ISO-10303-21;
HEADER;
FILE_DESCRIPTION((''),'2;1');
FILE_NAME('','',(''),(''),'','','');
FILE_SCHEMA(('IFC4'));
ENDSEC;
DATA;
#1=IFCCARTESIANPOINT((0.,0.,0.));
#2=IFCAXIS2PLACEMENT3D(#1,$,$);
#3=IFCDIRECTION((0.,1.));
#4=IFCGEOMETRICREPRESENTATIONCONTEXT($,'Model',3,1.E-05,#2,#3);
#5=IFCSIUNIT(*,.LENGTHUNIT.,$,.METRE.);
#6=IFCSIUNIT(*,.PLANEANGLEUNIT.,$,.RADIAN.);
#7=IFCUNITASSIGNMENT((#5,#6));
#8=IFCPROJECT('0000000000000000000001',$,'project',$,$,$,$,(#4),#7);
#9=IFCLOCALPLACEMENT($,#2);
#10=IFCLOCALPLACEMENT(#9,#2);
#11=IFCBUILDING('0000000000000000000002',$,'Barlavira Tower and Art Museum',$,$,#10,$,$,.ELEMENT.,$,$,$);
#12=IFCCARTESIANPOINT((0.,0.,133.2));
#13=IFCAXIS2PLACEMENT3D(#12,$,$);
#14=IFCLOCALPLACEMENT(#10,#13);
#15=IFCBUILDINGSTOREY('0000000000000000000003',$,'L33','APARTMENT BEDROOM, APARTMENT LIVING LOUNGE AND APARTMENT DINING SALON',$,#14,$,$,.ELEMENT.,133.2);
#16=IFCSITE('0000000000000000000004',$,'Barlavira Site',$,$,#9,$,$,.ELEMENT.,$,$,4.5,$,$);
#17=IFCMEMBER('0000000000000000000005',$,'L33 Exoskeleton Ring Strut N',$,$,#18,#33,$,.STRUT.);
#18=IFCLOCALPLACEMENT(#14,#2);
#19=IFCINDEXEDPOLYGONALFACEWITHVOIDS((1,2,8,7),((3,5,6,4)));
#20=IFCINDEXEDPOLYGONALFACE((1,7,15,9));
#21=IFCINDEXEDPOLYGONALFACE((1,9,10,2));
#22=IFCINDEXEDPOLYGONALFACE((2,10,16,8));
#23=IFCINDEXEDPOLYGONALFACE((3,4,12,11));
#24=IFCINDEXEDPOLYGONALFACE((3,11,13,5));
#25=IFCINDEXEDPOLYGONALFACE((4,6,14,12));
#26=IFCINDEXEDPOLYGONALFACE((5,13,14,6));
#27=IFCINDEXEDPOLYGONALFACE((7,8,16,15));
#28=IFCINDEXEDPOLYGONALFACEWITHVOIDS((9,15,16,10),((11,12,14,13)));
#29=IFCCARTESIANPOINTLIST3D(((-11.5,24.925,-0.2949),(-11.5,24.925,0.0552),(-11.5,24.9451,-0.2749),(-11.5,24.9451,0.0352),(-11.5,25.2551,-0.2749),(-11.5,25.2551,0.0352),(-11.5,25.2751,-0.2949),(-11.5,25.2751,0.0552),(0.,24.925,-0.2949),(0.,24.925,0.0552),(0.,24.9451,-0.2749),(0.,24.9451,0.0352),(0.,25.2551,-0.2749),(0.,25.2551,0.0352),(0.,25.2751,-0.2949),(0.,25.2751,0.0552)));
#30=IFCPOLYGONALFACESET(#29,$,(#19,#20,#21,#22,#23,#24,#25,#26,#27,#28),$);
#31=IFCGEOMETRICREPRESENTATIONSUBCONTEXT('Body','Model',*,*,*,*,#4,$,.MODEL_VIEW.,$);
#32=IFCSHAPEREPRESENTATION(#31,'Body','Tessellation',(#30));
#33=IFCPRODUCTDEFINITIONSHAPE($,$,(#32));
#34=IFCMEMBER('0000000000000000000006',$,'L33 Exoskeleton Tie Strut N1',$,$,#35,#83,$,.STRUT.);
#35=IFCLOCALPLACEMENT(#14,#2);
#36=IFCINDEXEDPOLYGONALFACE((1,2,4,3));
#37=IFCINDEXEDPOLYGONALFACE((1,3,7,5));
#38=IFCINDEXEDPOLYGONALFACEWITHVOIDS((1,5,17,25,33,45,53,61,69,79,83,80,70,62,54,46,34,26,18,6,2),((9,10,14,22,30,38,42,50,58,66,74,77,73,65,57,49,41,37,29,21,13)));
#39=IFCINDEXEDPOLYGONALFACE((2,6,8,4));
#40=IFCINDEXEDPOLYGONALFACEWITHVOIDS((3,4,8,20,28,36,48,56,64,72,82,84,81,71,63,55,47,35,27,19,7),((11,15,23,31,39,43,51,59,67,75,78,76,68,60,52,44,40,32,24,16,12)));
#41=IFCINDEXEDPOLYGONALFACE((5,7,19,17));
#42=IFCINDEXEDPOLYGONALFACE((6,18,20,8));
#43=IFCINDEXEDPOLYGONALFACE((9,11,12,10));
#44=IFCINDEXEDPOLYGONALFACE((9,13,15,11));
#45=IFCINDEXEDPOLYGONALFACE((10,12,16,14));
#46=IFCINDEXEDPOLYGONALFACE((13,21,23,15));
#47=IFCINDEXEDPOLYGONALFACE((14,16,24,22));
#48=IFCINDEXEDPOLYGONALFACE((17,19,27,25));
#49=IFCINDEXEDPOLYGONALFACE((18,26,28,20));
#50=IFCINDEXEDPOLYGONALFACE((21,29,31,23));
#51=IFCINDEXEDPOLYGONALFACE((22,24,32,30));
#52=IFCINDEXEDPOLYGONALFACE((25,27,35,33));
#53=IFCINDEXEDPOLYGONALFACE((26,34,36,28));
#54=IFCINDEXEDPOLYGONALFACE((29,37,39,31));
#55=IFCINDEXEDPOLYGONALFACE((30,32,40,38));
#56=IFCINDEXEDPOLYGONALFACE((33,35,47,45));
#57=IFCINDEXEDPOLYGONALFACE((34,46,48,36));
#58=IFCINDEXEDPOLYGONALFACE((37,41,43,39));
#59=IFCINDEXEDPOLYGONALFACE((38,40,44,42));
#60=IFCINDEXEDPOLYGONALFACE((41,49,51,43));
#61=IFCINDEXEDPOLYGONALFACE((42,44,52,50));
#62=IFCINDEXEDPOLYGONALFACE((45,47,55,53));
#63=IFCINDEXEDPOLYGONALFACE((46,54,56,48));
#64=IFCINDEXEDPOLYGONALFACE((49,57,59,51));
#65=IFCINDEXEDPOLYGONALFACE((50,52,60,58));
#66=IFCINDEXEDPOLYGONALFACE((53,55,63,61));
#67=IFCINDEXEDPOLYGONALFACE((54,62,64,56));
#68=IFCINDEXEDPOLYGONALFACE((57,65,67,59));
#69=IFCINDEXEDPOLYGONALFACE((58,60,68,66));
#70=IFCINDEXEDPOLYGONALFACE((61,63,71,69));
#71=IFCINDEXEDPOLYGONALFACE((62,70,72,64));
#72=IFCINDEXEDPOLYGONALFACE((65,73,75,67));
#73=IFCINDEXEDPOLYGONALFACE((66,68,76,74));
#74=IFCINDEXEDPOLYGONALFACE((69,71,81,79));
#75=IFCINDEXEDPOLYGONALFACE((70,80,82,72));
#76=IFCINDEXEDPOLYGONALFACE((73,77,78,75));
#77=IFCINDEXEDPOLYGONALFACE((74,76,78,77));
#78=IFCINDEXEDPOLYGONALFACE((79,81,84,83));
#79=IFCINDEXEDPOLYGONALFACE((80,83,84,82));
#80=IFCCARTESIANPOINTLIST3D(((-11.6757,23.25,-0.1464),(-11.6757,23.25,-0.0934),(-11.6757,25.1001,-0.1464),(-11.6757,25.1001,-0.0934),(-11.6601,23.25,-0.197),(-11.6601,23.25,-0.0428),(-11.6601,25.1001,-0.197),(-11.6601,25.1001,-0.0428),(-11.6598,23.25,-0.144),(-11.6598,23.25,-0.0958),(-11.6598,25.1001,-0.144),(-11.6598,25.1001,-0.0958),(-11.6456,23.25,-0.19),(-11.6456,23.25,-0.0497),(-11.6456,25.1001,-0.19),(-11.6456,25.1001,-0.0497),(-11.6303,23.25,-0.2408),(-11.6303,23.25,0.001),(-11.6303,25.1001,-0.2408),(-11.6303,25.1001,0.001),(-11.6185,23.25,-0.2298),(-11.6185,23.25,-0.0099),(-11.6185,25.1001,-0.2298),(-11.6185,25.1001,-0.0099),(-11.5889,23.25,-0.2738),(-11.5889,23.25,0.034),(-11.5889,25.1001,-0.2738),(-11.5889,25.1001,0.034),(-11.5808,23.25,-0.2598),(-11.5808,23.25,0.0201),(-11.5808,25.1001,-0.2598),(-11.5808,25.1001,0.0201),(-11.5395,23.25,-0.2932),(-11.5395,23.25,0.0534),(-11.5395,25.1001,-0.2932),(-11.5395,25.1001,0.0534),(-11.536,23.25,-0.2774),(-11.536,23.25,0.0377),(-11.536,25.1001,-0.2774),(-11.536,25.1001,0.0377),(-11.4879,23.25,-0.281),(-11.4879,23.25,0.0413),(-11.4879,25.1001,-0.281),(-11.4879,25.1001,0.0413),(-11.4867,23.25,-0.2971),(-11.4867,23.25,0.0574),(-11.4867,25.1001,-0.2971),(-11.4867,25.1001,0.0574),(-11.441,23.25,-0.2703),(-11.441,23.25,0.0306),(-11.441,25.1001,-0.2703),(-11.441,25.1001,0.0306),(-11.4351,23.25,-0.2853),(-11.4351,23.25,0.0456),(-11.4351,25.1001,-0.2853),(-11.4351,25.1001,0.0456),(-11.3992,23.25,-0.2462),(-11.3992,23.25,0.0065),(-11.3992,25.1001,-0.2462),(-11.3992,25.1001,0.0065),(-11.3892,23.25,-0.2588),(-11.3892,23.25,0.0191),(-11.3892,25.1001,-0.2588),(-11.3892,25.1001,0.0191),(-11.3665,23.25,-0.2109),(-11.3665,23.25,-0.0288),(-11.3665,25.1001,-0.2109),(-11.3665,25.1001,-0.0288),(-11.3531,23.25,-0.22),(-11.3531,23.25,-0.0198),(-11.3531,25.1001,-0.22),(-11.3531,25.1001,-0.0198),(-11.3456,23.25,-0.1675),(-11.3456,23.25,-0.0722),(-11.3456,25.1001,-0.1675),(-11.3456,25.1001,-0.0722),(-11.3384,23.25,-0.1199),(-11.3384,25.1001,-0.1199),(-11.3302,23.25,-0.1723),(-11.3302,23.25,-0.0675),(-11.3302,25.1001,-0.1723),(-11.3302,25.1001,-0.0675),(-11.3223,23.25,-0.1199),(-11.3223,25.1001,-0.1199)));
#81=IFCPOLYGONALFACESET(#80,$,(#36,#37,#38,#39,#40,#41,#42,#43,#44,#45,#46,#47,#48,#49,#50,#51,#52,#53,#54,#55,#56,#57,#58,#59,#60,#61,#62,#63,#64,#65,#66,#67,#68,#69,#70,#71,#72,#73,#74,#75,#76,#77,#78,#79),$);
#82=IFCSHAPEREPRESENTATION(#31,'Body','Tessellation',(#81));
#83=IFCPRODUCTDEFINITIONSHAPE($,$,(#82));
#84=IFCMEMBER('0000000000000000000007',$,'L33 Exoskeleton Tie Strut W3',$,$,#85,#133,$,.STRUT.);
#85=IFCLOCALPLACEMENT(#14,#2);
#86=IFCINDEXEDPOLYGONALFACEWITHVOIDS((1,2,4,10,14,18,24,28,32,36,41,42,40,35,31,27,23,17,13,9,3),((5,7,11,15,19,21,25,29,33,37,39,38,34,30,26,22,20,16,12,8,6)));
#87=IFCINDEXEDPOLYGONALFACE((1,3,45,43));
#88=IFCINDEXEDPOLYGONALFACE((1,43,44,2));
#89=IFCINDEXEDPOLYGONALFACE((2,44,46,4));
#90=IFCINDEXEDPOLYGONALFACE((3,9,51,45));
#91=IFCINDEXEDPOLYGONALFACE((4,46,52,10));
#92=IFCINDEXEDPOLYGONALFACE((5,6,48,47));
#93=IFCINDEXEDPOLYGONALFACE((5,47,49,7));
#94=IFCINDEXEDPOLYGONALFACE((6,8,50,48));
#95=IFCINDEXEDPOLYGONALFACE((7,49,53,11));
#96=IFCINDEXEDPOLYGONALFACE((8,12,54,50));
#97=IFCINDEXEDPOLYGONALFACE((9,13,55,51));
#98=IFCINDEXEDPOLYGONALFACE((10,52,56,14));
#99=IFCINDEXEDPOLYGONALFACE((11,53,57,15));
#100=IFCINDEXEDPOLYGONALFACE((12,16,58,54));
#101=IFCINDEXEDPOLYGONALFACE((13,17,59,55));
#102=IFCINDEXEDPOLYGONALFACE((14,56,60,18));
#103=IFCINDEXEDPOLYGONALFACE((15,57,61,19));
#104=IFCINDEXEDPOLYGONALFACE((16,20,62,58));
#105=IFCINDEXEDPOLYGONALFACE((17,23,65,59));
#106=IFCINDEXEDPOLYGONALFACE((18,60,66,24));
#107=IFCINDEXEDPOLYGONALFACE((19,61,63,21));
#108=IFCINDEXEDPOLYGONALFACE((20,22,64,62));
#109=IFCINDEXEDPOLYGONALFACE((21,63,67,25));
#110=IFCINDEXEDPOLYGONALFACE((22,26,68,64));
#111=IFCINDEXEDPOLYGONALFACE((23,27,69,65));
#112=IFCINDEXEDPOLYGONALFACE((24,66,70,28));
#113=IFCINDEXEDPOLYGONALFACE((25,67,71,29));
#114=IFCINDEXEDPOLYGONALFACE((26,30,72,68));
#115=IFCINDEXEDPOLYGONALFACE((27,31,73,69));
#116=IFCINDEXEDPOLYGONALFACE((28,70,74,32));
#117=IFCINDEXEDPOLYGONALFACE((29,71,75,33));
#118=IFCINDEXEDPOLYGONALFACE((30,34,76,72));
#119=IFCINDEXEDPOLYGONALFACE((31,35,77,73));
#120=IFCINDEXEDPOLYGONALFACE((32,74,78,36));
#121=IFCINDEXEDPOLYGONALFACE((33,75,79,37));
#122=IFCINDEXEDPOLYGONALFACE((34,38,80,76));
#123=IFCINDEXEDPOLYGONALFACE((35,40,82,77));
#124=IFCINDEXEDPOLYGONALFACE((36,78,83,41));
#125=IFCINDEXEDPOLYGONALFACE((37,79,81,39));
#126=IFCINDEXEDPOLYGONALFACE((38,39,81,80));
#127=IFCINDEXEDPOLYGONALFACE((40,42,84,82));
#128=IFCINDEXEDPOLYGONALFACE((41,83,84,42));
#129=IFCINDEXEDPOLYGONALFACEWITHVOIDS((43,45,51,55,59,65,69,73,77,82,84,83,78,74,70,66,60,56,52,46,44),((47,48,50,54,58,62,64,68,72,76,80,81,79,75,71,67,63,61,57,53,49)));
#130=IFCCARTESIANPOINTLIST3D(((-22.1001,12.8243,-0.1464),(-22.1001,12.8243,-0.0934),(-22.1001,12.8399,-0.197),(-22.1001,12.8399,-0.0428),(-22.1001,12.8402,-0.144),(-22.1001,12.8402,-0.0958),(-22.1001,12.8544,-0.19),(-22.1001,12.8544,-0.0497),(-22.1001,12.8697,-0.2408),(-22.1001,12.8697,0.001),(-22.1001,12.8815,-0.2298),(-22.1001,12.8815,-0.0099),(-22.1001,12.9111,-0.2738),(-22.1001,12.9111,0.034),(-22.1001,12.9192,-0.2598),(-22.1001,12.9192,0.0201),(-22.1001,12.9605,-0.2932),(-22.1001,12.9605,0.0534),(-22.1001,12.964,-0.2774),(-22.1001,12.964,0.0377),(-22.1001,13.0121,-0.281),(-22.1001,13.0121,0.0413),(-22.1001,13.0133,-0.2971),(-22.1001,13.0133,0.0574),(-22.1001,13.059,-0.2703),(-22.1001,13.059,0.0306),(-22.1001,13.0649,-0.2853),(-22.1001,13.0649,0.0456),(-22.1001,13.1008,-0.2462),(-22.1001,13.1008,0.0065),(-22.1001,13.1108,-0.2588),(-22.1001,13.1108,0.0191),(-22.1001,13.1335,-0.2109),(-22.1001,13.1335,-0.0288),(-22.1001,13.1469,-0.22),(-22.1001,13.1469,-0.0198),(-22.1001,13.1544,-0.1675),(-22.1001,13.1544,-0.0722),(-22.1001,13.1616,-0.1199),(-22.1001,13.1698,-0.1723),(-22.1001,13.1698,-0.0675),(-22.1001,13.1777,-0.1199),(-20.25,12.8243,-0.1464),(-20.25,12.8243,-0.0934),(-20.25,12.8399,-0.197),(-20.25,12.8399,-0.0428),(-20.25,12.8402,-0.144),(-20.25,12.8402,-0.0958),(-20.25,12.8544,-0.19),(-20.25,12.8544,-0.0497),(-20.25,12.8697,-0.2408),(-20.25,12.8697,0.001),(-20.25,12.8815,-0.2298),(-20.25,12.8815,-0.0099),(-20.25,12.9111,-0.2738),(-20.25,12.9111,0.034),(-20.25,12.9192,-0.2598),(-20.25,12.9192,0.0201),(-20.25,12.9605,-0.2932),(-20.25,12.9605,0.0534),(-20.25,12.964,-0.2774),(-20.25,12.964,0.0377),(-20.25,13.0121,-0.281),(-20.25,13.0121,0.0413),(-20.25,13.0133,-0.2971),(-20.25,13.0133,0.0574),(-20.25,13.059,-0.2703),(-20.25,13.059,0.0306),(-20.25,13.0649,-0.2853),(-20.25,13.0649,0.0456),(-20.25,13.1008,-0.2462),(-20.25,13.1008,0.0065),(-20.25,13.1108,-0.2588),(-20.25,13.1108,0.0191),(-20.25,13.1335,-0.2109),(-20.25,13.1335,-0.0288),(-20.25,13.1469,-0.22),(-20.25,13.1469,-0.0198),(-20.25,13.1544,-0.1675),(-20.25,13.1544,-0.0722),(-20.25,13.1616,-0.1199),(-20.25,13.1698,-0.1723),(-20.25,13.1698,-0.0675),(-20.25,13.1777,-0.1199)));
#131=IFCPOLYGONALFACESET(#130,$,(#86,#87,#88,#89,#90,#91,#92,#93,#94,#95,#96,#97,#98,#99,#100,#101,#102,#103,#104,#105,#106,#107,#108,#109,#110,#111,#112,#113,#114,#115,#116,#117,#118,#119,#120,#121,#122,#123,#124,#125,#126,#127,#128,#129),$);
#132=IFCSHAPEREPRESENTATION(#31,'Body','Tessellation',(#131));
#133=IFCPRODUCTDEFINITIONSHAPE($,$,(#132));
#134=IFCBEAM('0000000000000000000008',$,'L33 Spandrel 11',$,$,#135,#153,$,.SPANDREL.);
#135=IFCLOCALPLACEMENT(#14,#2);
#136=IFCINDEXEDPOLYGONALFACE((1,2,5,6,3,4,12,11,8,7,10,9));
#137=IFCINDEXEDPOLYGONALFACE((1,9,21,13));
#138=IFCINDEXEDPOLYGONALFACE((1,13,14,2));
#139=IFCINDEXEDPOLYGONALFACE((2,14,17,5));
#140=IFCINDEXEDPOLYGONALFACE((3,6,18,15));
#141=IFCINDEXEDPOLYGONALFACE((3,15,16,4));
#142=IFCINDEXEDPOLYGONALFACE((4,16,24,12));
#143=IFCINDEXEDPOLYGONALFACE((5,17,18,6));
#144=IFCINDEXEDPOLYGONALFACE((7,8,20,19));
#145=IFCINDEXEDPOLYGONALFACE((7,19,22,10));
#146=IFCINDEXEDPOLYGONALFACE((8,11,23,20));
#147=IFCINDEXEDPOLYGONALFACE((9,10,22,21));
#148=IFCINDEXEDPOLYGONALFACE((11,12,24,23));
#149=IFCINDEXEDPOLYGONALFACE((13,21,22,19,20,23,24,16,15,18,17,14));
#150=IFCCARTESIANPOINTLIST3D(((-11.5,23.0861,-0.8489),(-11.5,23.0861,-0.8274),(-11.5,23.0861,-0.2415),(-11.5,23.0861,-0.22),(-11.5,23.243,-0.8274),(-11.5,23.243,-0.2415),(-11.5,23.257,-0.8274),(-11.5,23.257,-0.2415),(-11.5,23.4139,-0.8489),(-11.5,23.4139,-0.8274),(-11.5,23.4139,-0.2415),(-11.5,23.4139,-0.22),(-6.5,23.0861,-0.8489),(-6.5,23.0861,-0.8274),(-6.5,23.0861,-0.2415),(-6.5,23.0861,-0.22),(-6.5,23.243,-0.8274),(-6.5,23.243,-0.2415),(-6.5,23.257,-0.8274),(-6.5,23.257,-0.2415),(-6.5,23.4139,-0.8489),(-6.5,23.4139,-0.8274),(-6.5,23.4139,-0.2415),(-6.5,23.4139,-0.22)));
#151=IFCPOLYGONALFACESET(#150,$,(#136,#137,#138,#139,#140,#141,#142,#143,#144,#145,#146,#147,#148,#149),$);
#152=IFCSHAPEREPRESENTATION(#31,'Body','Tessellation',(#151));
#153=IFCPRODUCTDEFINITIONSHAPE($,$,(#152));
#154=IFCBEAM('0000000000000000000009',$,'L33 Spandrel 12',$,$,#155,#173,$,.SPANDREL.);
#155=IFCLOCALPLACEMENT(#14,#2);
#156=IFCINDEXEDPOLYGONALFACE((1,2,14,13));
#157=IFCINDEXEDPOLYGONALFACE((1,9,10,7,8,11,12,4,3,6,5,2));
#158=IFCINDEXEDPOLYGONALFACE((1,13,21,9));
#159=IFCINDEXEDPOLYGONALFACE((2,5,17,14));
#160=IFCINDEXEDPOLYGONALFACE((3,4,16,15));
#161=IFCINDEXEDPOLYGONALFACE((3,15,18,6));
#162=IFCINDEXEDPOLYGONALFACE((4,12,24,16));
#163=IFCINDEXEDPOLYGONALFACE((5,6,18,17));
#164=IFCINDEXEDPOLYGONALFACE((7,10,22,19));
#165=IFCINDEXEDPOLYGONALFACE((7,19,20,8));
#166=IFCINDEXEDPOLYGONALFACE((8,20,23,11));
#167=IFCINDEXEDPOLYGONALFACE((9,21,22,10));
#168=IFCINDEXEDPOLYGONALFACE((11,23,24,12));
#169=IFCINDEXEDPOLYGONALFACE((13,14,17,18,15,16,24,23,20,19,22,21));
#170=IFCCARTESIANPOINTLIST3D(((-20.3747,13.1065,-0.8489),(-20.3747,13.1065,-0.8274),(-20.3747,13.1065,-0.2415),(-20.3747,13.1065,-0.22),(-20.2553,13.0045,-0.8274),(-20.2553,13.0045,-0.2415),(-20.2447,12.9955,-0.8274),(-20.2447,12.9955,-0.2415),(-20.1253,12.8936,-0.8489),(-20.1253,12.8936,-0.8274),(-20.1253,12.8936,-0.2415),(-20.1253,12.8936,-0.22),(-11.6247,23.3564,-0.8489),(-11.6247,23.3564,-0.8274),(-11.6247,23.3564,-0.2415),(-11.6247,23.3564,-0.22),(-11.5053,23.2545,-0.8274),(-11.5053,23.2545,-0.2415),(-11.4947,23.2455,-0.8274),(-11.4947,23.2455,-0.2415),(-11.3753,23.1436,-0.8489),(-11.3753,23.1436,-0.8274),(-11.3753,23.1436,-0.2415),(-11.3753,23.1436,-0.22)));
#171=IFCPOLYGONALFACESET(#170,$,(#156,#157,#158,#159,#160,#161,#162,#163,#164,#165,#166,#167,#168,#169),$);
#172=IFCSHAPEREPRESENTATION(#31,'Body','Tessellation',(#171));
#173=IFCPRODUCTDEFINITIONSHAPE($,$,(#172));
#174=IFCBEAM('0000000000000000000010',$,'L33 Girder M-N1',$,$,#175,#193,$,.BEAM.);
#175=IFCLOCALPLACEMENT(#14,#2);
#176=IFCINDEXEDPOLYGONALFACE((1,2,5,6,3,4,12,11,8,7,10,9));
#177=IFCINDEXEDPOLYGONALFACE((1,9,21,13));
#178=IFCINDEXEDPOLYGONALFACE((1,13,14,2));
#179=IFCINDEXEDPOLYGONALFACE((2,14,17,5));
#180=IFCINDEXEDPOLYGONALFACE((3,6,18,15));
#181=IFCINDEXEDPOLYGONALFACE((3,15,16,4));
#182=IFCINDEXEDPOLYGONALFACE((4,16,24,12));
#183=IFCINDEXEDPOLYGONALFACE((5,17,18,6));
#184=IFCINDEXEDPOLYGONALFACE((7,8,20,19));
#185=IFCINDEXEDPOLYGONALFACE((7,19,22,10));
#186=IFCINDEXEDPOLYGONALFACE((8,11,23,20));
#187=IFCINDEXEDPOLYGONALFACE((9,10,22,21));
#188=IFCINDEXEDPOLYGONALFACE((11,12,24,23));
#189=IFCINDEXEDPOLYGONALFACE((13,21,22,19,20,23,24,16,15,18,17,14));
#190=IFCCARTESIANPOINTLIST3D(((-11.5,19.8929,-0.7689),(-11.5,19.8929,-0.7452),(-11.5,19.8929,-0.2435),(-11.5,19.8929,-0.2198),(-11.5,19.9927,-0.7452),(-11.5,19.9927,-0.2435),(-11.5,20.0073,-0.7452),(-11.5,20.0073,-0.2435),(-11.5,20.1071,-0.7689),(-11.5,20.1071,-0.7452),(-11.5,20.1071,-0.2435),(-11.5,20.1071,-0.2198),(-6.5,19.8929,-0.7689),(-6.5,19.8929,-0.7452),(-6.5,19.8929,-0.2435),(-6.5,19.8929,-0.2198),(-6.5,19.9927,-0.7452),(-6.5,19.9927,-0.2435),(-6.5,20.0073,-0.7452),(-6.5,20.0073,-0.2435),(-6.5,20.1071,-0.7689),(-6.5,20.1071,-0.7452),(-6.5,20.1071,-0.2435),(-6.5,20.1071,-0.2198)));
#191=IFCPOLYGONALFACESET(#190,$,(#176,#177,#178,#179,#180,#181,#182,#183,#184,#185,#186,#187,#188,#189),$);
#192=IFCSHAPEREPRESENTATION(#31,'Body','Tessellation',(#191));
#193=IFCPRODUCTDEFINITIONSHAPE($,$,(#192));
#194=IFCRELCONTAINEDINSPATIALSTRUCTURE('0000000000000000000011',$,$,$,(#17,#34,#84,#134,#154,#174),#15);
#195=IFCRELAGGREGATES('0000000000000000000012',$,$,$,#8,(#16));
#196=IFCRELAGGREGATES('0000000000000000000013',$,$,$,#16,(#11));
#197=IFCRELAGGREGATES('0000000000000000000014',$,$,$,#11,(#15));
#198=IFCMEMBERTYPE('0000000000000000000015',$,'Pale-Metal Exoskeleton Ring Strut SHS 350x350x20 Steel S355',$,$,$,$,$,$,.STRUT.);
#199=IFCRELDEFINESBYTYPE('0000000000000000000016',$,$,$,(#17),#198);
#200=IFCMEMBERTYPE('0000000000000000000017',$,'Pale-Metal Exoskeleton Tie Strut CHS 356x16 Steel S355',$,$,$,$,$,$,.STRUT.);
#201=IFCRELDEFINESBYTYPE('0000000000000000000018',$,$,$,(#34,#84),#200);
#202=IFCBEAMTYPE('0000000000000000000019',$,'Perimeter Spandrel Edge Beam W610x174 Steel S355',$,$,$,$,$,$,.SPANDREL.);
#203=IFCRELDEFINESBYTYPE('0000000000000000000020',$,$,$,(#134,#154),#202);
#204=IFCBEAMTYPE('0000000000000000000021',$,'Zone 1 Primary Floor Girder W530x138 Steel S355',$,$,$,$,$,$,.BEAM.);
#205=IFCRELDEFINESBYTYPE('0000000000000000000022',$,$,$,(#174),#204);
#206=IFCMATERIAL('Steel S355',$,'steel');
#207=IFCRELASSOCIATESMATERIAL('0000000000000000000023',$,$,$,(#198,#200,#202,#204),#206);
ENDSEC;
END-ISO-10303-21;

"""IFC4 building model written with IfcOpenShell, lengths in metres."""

from ifc_helpers import new_model, si_unit, direction, frame, origin, origin_2d, place, context, subcontext, project, spatial, hollow_rectangle, hollow_circle, i_section, extrude, material, material_profile, profile_set, type_object, element, save


model = new_model("IFC4")

# Units and contexts
model_context = context("Model", 3, precision=1e-05, world=origin(), true_north=direction((0.0, 1.0)))
body_context = subcontext(model_context, "Body", "Model", "MODEL_VIEW")
ifc_project = project(units=[si_unit("LENGTHUNIT", "METRE"), si_unit("PLANEANGLEUNIT", "RADIAN")], contexts=[model_context])

# Site, building, storey
site_placement = place(None, origin())
site = spatial("IfcSite", under=ifc_project, at=site_placement, Name="Barlavira Site", CompositionType="ELEMENT", RefElevation=4.5)
building_placement = place(site_placement, origin())
building = spatial("IfcBuilding", under=site, at=building_placement, Name="Barlavira Tower and Art Museum", CompositionType="ELEMENT")
storey_placement = place(building_placement, frame((0.0, 0.0, 133.2)))
storey = spatial("IfcBuildingStorey", under=building, at=storey_placement, Name="L33", Description="APARTMENT BEDROOM, APARTMENT LIVING LOUNGE AND APARTMENT DINING SALON", CompositionType="ELEMENT", Elevation=133.2)

# Members
ifc_material_1 = material(Name="Steel S355", Category="steel")
ifc_material_profile_1 = material_profile(ifc_material_1, hollow_rectangle(XDim=0.3501, YDim=0.3501, WallThickness=0.02, at=origin_2d()), Name="SHS 350x350x20.0")
ifc_profile_set_1 = profile_set([ifc_material_profile_1], Name="Steel S355")
member_type_1 = type_object("IfcMemberType", Name="Pale-Metal Exoskeleton Ring Strut SHS 350x350x20 Steel S355", PredefinedType="STRUT", material=ifc_profile_set_1)
member_1_placement = place(storey_placement, frame((-11.5, 25.1001, -0.1199), z_axis=(1.0, 0.0, 0.0), x_axis=(0.0, 1.0, 0.0)))
element("IfcMember", 1, at=member_1_placement, inside=storey, type_object=member_type_1, Name="L33 Exoskeleton Ring Strut N", PredefinedType="STRUT", context=body_context, shape_type="SweptSolid", body=[
    extrude(hollow_rectangle(XDim=0.3501, YDim=0.3501, WallThickness=0.02, at=origin_2d()), origin(), (0.0, 0.0, 1.0), 11.5),
])
ifc_material_profile_2 = material_profile(ifc_material_1, hollow_circle(Radius=0.1777, WallThickness=0.0161, at=origin_2d()), Name="CHS 355.6x16.0")
ifc_profile_set_2 = profile_set([ifc_material_profile_2], Name="Steel S355")
member_type_2 = type_object("IfcMemberType", Name="Pale-Metal Exoskeleton Tie Strut CHS 356x16 Steel S355", PredefinedType="STRUT", material=ifc_profile_set_2)
for number, where, z_axis, x_axis, name in (
    (2, (-11.5, 25.1001, -0.1199), (0.0, -1.0, 0.0), (1.0, 0.0, 0.0), "L33 Exoskeleton Tie Strut N1"),
    (3, (-22.1001, 13.0, -0.1199), (1.0, 0.0, 0.0), (0.0, 1.0, 0.0), "L33 Exoskeleton Tie Strut W3"),
):
    element("IfcMember", number, at=place(storey_placement, frame(where, z_axis=z_axis, x_axis=x_axis)), inside=storey, type_object=member_type_2, Name=name, PredefinedType="STRUT", context=body_context, shape_type="SweptSolid", body=[
        extrude(hollow_circle(Radius=0.1777, WallThickness=0.0161, at=origin_2d()), origin(), (0.0, 0.0, 1.0), 1.8501),
    ])

# Beams
ifc_material_profile_3 = material_profile(ifc_material_1, i_section(OverallWidth=0.3279, OverallDepth=0.6289, WebThickness=0.0139, FlangeThickness=0.0215, at=origin_2d()), Name="W610x174.0")
ifc_profile_set_3 = profile_set([ifc_material_profile_3], Name="Steel S355")
beam_type_1 = type_object("IfcBeamType", Name="Perimeter Spandrel Edge Beam W610x174 Steel S355", PredefinedType="SPANDREL", material=ifc_profile_set_3)
beam_1_placement = place(storey_placement, frame((-11.5, 23.25, -0.5344), z_axis=(1.0, 0.0, 0.0), x_axis=(0.0, 1.0, 0.0)))
element("IfcBeam", 4, at=beam_1_placement, inside=storey, type_object=beam_type_1, Name="L33 Spandrel 11", PredefinedType="SPANDREL", context=body_context, shape_type="SweptSolid", body=[
    extrude(i_section(OverallWidth=0.3279, OverallDepth=0.6289, WebThickness=0.0139, FlangeThickness=0.0215, at=origin_2d()), origin(), (0.0, 0.0, 1.0), 5.0),
])
beam_2_placement = place(storey_placement, frame((-11.5, 23.25, -0.5344), z_axis=(-0.649262, -0.760565, 0.0), x_axis=(0.760565, -0.649262, 0.0)))
element("IfcBeam", 5, at=beam_2_placement, inside=storey, type_object=beam_type_1, Name="L33 Spandrel 12", PredefinedType="SPANDREL", context=body_context, shape_type="SweptSolid", body=[
    extrude(i_section(OverallWidth=0.3279, OverallDepth=0.6289, WebThickness=0.0139, FlangeThickness=0.0215, at=origin_2d()), origin(), (0.0, 0.0, 1.0), 13.4768),
])
ifc_material_profile_4 = material_profile(ifc_material_1, i_section(OverallWidth=0.2141, OverallDepth=0.5491, WebThickness=0.0146, FlangeThickness=0.0237, at=origin_2d()), Name="W530x138.0")
ifc_profile_set_4 = profile_set([ifc_material_profile_4], Name="Steel S355")
beam_type_2 = type_object("IfcBeamType", Name="Zone 1 Primary Floor Girder W530x138 Steel S355", PredefinedType="BEAM", material=ifc_profile_set_4)
beam_3_placement = place(storey_placement, frame((-11.5, 20.0, -0.4944), z_axis=(1.0, 0.0, 0.0), x_axis=(0.0, 1.0, 0.0)))
element("IfcBeam", 6, at=beam_3_placement, inside=storey, type_object=beam_type_2, Name="L33 Girder M-N1", PredefinedType="BEAM", context=body_context, shape_type="SweptSolid", body=[
    extrude(i_section(OverallWidth=0.2141, OverallDepth=0.5491, WebThickness=0.0146, FlangeThickness=0.0237, at=origin_2d()), origin(), (0.0, 0.0, 1.0), 5.0),
])

save(model, "model.ifc")
